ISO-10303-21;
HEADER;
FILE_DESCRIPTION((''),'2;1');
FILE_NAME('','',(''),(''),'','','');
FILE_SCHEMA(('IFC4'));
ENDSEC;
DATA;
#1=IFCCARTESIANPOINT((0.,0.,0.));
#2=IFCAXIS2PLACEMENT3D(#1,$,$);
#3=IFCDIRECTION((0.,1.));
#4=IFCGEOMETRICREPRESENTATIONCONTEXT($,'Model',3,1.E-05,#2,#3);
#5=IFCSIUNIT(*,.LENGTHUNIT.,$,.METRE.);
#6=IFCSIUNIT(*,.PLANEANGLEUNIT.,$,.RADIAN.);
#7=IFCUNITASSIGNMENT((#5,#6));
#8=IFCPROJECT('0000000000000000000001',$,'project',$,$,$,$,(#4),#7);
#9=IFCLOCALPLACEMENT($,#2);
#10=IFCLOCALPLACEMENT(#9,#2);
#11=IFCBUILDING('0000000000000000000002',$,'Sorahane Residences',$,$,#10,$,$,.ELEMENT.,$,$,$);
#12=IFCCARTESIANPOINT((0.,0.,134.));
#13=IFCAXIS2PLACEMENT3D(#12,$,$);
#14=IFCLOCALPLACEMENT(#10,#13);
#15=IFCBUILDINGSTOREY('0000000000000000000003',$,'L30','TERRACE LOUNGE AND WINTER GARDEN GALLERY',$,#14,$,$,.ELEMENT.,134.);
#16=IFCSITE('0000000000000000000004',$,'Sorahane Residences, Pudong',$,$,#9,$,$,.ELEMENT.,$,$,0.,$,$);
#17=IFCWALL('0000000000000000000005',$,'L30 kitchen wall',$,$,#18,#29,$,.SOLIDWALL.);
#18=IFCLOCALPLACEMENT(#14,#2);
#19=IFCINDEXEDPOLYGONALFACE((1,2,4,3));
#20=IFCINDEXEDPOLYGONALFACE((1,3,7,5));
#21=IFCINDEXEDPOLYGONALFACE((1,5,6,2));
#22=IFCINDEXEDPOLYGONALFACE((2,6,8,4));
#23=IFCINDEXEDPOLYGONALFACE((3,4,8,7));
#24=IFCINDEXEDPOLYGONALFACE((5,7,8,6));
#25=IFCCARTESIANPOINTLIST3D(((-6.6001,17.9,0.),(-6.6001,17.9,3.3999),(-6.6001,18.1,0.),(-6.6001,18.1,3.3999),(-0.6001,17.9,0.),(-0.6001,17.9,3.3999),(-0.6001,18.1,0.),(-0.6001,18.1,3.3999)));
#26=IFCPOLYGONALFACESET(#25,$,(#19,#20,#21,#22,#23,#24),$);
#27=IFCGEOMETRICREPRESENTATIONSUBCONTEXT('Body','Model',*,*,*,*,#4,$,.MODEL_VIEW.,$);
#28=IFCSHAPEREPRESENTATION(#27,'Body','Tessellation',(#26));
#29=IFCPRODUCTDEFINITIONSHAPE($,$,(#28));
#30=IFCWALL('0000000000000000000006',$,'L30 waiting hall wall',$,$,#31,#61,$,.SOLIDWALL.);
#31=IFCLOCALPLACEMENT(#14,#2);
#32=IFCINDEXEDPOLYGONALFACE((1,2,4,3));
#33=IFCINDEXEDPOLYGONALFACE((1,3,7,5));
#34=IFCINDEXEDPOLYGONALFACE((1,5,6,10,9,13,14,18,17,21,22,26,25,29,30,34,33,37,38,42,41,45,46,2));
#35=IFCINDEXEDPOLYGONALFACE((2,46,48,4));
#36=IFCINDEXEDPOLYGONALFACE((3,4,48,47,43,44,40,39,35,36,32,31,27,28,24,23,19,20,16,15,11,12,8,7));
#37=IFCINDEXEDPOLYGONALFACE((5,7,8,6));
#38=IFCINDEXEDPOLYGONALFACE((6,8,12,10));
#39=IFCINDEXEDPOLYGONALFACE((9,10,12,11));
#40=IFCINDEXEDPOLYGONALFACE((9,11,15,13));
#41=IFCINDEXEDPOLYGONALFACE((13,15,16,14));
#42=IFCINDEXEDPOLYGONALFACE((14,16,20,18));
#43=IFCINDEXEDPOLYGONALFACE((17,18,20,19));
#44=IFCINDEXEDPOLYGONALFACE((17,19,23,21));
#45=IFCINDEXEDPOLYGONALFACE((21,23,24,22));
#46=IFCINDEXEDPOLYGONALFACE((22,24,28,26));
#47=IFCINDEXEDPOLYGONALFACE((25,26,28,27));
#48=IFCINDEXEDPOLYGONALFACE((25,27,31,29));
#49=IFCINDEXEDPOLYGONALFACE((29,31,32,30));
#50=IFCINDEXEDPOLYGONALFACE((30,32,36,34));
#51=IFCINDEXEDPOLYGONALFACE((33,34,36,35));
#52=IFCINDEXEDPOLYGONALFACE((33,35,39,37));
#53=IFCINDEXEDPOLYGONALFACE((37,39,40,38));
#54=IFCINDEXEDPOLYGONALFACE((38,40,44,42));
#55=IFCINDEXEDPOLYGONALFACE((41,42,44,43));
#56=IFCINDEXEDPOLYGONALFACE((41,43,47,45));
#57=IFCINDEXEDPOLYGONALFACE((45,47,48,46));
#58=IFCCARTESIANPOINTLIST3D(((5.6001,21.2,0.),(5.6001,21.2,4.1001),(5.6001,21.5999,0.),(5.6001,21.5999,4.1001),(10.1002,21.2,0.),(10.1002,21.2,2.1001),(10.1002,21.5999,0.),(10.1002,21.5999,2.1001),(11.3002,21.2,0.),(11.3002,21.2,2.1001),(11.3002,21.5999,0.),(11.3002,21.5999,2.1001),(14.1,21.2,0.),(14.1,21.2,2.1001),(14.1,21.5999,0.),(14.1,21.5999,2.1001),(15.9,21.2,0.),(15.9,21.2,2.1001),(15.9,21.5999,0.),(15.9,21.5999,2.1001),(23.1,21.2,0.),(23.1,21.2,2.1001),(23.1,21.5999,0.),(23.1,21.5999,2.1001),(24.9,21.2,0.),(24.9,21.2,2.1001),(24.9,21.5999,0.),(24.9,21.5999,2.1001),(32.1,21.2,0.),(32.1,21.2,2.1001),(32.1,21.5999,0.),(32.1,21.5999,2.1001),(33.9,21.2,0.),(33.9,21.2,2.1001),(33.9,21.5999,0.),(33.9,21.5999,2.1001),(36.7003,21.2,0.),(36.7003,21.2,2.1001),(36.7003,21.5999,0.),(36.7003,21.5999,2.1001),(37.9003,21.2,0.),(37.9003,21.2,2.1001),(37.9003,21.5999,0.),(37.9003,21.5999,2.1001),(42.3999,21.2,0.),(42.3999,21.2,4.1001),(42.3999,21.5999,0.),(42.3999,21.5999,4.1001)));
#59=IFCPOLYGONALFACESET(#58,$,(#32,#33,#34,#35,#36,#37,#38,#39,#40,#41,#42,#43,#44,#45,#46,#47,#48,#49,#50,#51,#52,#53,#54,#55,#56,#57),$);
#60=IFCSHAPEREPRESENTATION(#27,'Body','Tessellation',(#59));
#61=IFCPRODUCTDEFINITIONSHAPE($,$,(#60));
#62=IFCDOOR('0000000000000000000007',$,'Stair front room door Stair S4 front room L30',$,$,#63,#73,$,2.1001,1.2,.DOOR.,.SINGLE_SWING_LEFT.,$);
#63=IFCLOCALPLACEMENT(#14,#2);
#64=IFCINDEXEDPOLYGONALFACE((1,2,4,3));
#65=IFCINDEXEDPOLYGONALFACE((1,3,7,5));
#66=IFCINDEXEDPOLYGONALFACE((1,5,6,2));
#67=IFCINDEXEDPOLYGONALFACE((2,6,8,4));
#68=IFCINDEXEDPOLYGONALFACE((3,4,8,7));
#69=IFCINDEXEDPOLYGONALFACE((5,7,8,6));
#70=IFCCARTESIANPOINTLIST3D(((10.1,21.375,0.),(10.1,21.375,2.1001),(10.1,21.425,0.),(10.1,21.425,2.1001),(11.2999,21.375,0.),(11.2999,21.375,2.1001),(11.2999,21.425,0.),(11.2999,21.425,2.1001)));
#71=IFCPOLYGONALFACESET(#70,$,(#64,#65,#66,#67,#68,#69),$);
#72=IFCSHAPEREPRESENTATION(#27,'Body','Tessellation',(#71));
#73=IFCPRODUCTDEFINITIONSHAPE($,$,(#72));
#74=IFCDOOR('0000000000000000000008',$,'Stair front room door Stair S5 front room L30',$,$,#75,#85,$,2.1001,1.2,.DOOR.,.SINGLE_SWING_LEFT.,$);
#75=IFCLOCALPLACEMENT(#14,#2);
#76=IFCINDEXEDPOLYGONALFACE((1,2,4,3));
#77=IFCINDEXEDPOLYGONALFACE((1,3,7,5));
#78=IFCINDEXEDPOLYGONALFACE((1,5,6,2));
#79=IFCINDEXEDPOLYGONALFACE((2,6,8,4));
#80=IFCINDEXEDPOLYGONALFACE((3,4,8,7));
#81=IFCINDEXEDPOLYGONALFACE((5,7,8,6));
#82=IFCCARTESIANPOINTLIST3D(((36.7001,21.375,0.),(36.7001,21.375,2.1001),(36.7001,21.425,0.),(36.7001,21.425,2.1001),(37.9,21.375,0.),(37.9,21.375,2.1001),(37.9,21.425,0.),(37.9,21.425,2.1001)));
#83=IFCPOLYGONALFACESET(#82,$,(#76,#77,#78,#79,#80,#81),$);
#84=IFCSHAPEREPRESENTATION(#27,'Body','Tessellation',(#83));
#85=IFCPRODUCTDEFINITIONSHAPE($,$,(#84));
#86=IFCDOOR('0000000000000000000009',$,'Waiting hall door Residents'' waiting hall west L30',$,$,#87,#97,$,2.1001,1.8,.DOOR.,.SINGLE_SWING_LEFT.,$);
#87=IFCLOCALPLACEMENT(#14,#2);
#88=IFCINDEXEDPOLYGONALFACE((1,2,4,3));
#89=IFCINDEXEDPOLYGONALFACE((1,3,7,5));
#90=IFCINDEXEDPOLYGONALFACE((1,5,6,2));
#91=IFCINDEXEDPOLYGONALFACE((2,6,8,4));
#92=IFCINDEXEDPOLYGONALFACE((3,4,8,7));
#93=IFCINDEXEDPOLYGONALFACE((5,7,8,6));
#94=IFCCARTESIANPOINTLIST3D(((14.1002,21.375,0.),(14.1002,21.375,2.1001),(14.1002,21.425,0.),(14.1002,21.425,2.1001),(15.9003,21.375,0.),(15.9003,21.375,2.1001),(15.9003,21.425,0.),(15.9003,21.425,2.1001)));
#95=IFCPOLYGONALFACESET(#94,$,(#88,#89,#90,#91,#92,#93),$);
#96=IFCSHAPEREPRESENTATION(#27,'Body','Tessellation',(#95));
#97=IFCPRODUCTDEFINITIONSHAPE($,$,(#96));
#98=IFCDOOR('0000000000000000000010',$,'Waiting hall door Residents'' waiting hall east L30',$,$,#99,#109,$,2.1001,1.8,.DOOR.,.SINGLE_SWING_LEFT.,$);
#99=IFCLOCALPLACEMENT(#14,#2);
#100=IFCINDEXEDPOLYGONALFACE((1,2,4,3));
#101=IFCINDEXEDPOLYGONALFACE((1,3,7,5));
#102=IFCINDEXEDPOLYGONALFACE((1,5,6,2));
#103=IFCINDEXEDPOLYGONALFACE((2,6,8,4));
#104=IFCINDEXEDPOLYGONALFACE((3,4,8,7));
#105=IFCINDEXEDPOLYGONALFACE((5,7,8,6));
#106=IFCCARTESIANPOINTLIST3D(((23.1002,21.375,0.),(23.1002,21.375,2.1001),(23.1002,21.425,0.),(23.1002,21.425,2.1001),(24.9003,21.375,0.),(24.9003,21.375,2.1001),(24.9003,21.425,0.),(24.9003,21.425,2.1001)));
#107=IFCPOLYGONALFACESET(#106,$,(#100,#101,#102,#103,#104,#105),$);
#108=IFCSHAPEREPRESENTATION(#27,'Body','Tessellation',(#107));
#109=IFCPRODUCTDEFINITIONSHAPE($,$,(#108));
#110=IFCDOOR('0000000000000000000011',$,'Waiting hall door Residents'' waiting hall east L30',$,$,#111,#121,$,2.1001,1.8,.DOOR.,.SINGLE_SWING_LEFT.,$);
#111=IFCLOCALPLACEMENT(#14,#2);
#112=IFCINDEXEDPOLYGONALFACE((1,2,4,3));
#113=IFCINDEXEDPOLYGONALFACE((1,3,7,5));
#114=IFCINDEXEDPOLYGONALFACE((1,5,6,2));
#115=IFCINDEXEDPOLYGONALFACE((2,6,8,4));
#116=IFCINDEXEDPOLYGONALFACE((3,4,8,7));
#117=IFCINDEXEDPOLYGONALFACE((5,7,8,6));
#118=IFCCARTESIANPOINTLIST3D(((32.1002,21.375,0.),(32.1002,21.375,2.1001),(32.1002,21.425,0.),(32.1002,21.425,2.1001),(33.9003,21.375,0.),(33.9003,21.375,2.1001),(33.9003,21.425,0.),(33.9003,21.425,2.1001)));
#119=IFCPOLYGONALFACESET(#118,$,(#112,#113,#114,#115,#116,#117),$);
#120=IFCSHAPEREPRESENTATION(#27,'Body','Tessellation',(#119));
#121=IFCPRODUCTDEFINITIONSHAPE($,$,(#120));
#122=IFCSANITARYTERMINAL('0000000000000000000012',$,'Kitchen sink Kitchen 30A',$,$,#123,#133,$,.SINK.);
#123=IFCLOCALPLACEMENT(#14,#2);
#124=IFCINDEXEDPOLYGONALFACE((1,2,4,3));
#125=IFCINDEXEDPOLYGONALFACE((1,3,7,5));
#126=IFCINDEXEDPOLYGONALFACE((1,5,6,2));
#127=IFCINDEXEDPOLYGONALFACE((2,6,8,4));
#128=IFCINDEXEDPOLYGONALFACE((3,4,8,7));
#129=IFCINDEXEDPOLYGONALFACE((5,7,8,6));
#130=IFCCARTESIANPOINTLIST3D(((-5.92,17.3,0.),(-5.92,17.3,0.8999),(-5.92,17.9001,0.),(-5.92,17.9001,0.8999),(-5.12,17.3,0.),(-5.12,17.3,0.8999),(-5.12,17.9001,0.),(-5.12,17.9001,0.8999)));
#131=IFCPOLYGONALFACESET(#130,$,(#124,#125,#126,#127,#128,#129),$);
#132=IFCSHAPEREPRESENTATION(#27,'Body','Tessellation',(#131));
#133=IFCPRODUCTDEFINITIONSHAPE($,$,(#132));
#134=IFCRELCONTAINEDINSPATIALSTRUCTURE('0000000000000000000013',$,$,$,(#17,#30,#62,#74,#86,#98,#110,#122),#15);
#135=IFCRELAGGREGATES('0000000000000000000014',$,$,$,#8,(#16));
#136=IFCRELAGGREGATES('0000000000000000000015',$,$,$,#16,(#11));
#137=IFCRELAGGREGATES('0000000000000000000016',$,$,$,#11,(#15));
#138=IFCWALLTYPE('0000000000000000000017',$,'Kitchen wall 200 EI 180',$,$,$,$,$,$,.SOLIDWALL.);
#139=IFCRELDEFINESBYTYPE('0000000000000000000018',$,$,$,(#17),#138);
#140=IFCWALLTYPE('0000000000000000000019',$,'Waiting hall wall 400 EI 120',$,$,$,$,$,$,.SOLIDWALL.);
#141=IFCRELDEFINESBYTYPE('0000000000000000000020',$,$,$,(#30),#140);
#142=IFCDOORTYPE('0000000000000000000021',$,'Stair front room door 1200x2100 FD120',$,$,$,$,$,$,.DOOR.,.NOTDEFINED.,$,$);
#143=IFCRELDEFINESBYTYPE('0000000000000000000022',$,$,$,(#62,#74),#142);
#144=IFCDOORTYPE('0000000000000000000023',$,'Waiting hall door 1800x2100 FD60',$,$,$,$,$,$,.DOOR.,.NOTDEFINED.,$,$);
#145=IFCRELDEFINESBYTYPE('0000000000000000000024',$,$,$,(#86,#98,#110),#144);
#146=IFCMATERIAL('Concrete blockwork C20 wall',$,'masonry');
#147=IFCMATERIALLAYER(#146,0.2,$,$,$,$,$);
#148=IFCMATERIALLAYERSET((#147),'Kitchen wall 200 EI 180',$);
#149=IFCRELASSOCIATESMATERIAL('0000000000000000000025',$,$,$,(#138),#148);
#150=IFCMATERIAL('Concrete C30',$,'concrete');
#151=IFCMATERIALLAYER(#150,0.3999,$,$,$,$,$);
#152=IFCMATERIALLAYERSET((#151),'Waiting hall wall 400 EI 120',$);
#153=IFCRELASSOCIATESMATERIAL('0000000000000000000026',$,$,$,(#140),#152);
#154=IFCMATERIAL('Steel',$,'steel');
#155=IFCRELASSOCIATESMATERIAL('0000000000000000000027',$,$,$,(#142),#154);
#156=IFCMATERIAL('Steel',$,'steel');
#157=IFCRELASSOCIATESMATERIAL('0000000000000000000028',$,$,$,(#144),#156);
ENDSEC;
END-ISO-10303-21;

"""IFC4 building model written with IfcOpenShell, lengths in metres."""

from ifc_helpers import new_model, si_unit, direction, frame, frame_2d, origin, origin_2d, place, context, subcontext, project, spatial, rectangle, extrude, material, layer, layer_set, type_object, element, fill, save


model = new_model("IFC4")

# Units and contexts
model_context = context("Model", 3, precision=1e-05, world=origin(), true_north=direction((0.0, 1.0)))
body_context = subcontext(model_context, "Body", "Model", "MODEL_VIEW")
ifc_project = project(units=[si_unit("LENGTHUNIT", "METRE"), si_unit("PLANEANGLEUNIT", "RADIAN")], contexts=[model_context])

# Site, building, storey
site_placement = place(None, origin())
site = spatial("IfcSite", under=ifc_project, at=site_placement, Name="Sorahane Residences, Pudong", CompositionType="ELEMENT", RefElevation=0.0)
building_placement = place(site_placement, origin())
building = spatial("IfcBuilding", under=site, at=building_placement, Name="Sorahane Residences", CompositionType="ELEMENT")
storey_placement = place(building_placement, frame((0.0, 0.0, 134.0)))
storey = spatial("IfcBuildingStorey", under=building, at=storey_placement, Name="L30", Description="TERRACE LOUNGE AND WINTER GARDEN GALLERY", CompositionType="ELEMENT", Elevation=134.0)

# Wall
ifc_material_1 = material(Name="Concrete blockwork C20 wall", Category="masonry")
ifc_layer_1 = layer(ifc_material_1, 0.2)
ifc_layer_set_1 = layer_set([ifc_layer_1], Name="Kitchen wall 200 EI 180")
wall_type_1 = type_object("IfcWallType", Name="Kitchen wall 200 EI 180", PredefinedType="SOLIDWALL", material=ifc_layer_set_1)
wall_1_placement = place(storey_placement, frame((-6.6001, 18.0, 0.0), z_axis=(0.0, 0.0, 1.0), x_axis=(1.0, 0.0, 0.0)))
element("IfcWall", 1, at=wall_1_placement, inside=storey, type_object=wall_type_1, Name="L30 kitchen wall", PredefinedType="SOLIDWALL", context=body_context, shape_type="SweptSolid", body=[
    extrude(rectangle(XDim=6.0, YDim=0.2, at=frame_2d((3.0, 0.0))), origin(), (0.0, 0.0, 1.0), 3.3999),
])

# Wall, openings, doors
ifc_material_2 = material(Name="Concrete C30", Category="concrete")
ifc_layer_2 = layer(ifc_material_2, 0.3999)
ifc_layer_set_2 = layer_set([ifc_layer_2], Name="Waiting hall wall 400 EI 120")
wall_type_2 = type_object("IfcWallType", Name="Waiting hall wall 400 EI 120", PredefinedType="SOLIDWALL", material=ifc_layer_set_2)
wall_2_placement = place(storey_placement, frame((5.6001, 21.3999, 0.0), z_axis=(0.0, 0.0, 1.0), x_axis=(1.0, 0.0, 0.0)))
wall_2 = element("IfcWall", 2, at=wall_2_placement, inside=storey, type_object=wall_type_2, Name="L30 waiting hall wall", PredefinedType="SOLIDWALL", context=body_context, shape_type="SweptSolid", body=[
    extrude(rectangle(XDim=36.7998, YDim=0.3999, at=frame_2d((18.3999, 0.0))), origin(), (0.0, 0.0, 1.0), 4.1001),
])
opening_1_placement = place(wall_2_placement, frame((8.5, 0.0, 0.0)))
opening_1 = element("IfcOpeningElement", 3, at=opening_1_placement, cuts=wall_2, PredefinedType="OPENING", context=body_context, shape_type="SweptSolid", body=[
    extrude(rectangle(XDim=1.8, YDim=2.1001, at=frame_2d((0.8999, 1.05))), frame((0.0, 0.21, 0.0), z_axis=(0.0, -1.0, 0.0), x_axis=(1.0, 0.0, 0.0)), (0.0, 0.0, 1.0), 0.4199),
])
opening_2_placement = place(wall_2_placement, frame((17.5, 0.0, 0.0)))
opening_2 = element("IfcOpeningElement", 4, at=opening_2_placement, cuts=wall_2, PredefinedType="OPENING", context=body_context, shape_type="SweptSolid", body=[
    extrude(rectangle(XDim=1.8, YDim=2.1001, at=frame_2d((0.8999, 1.05))), frame((0.0, 0.21, 0.0), z_axis=(0.0, -1.0, 0.0), x_axis=(1.0, 0.0, 0.0)), (0.0, 0.0, 1.0), 0.4199),
])
opening_3_placement = place(wall_2_placement, frame((26.5, 0.0, 0.0)))
opening_3 = element("IfcOpeningElement", 5, at=opening_3_placement, cuts=wall_2, PredefinedType="OPENING", context=body_context, shape_type="SweptSolid", body=[
    extrude(rectangle(XDim=1.8, YDim=2.1001, at=frame_2d((0.8999, 1.05))), frame((0.0, 0.21, 0.0), z_axis=(0.0, -1.0, 0.0), x_axis=(1.0, 0.0, 0.0)), (0.0, 0.0, 1.0), 0.4199),
])
opening_4_placement = place(wall_2_placement, frame((4.5, 0.0, 0.0)))
opening_4 = element("IfcOpeningElement", 6, at=opening_4_placement, cuts=wall_2, PredefinedType="OPENING", context=body_context, shape_type="SweptSolid", body=[
    extrude(rectangle(XDim=1.2, YDim=2.1001, at=frame_2d((0.6001, 1.05))), frame((0.0, 0.21, 0.0), z_axis=(0.0, -1.0, 0.0), x_axis=(1.0, 0.0, 0.0)), (0.0, 0.0, 1.0), 0.4199),
])
opening_5_placement = place(wall_2_placement, frame((31.1001, 0.0, 0.0)))
opening_5 = element("IfcOpeningElement", 7, at=opening_5_placement, cuts=wall_2, PredefinedType="OPENING", context=body_context, shape_type="SweptSolid", body=[
    extrude(rectangle(XDim=1.2, YDim=2.1001, at=frame_2d((0.6001, 1.05))), frame((0.0, 0.21, 0.0), z_axis=(0.0, -1.0, 0.0), x_axis=(1.0, 0.0, 0.0)), (0.0, 0.0, 1.0), 0.4199),
])
ifc_material_3 = material(Name="Steel", Category="steel")
door_type_1 = type_object("IfcDoorType", Name="Stair front room door 1200x2100 FD120", OperationType="NOTDEFINED", PredefinedType="DOOR", material=ifc_material_3)
door_1_placement = place(opening_4_placement, frame((1.2, 0.0, 0.0), z_axis=(0.0, 0.0, 1.0), x_axis=(-1.0, 0.0, 0.0)))
door_1 = element("IfcDoor", 8, at=door_1_placement, inside=storey, type_object=door_type_1, Name="Stair front room door Stair S4 front room L30", OperationType="SINGLE_SWING_LEFT", OverallHeight=2.1001, OverallWidth=1.2, PredefinedType="DOOR", context=body_context, shape_type="SweptSolid", body=[
    extrude(rectangle(XDim=1.2, YDim=2.1001, at=frame_2d((0.6001, 1.05))), frame((0.0, 0.0249, 0.0), z_axis=(0.0, -1.0, 0.0), x_axis=(1.0, 0.0, 0.0)), (0.0, 0.0, 1.0), 0.05),
])
fill(opening_4, door_1)
door_2_placement = place(opening_5_placement, frame((1.2, 0.0, 0.0), z_axis=(0.0, 0.0, 1.0), x_axis=(-1.0, 0.0, 0.0)))
door_2 = element("IfcDoor", 9, at=door_2_placement, inside=storey, type_object=door_type_1, Name="Stair front room door Stair S5 front room L30", OperationType="SINGLE_SWING_LEFT", OverallHeight=2.1001, OverallWidth=1.2, PredefinedType="DOOR", context=body_context, shape_type="SweptSolid", body=[
    extrude(rectangle(XDim=1.2, YDim=2.1001, at=frame_2d((0.6001, 1.05))), frame((0.0, 0.0249, 0.0), z_axis=(0.0, -1.0, 0.0), x_axis=(1.0, 0.0, 0.0)), (0.0, 0.0, 1.0), 0.05),
])
fill(opening_5, door_2)
ifc_material_4 = material(Name="Steel", Category="steel")
door_type_2 = type_object("IfcDoorType", Name="Waiting hall door 1800x2100 FD60", OperationType="NOTDEFINED", PredefinedType="DOOR", material=ifc_material_4)
door_3_placement = place(opening_1_placement, frame((1.8, 0.0, 0.0), z_axis=(0.0, 0.0, 1.0), x_axis=(-1.0, 0.0, 0.0)))
door_3 = element("IfcDoor", 10, at=door_3_placement, inside=storey, type_object=door_type_2, Name="Waiting hall door Residents' waiting hall west L30", OperationType="SINGLE_SWING_LEFT", OverallHeight=2.1001, OverallWidth=1.8, PredefinedType="DOOR", context=body_context, shape_type="SweptSolid", body=[
    extrude(rectangle(XDim=1.8, YDim=2.1001, at=frame_2d((0.8999, 1.05))), frame((0.0, 0.0249, 0.0), z_axis=(0.0, -1.0, 0.0), x_axis=(1.0, 0.0, 0.0)), (0.0, 0.0, 1.0), 0.05),
])
fill(opening_1, door_3)
door_4_placement = place(opening_2_placement, frame((1.8, 0.0, 0.0), z_axis=(0.0, 0.0, 1.0), x_axis=(-1.0, 0.0, 0.0)))
door_4 = element("IfcDoor", 11, at=door_4_placement, inside=storey, type_object=door_type_2, Name="Waiting hall door Residents' waiting hall east L30", OperationType="SINGLE_SWING_LEFT", OverallHeight=2.1001, OverallWidth=1.8, PredefinedType="DOOR", context=body_context, shape_type="SweptSolid", body=[
    extrude(rectangle(XDim=1.8, YDim=2.1001, at=frame_2d((0.8999, 1.05))), frame((0.0, 0.0249, 0.0), z_axis=(0.0, -1.0, 0.0), x_axis=(1.0, 0.0, 0.0)), (0.0, 0.0, 1.0), 0.05),
])
fill(opening_2, door_4)
door_5_placement = place(opening_3_placement, frame((1.8, 0.0, 0.0), z_axis=(0.0, 0.0, 1.0), x_axis=(-1.0, 0.0, 0.0)))
door_5 = element("IfcDoor", 12, at=door_5_placement, inside=storey, type_object=door_type_2, Name="Waiting hall door Residents' waiting hall east L30", OperationType="SINGLE_SWING_LEFT", OverallHeight=2.1001, OverallWidth=1.8, PredefinedType="DOOR", context=body_context, shape_type="SweptSolid", body=[
    extrude(rectangle(XDim=1.8, YDim=2.1001, at=frame_2d((0.8999, 1.05))), frame((0.0, 0.0249, 0.0), z_axis=(0.0, -1.0, 0.0), x_axis=(1.0, 0.0, 0.0)), (0.0, 0.0, 1.0), 0.05),
])
fill(opening_3, door_5)

# Sanitary terminal
sanitary_terminal_placement = place(storey_placement, frame((-5.52, 17.6001, 0.0), z_axis=(0.0, 0.0, 1.0), x_axis=(1.0, 0.0, 0.0)))
element("IfcSanitaryTerminal", 13, at=sanitary_terminal_placement, inside=storey, Name="Kitchen sink Kitchen 30A", PredefinedType="SINK", context=body_context, shape_type="SweptSolid", body=[
    extrude(rectangle(XDim=0.8, YDim=0.6001, at=origin_2d()), origin(), (0.0, 0.0, 1.0), 0.8999),
])

save(model, "model.ifc")
